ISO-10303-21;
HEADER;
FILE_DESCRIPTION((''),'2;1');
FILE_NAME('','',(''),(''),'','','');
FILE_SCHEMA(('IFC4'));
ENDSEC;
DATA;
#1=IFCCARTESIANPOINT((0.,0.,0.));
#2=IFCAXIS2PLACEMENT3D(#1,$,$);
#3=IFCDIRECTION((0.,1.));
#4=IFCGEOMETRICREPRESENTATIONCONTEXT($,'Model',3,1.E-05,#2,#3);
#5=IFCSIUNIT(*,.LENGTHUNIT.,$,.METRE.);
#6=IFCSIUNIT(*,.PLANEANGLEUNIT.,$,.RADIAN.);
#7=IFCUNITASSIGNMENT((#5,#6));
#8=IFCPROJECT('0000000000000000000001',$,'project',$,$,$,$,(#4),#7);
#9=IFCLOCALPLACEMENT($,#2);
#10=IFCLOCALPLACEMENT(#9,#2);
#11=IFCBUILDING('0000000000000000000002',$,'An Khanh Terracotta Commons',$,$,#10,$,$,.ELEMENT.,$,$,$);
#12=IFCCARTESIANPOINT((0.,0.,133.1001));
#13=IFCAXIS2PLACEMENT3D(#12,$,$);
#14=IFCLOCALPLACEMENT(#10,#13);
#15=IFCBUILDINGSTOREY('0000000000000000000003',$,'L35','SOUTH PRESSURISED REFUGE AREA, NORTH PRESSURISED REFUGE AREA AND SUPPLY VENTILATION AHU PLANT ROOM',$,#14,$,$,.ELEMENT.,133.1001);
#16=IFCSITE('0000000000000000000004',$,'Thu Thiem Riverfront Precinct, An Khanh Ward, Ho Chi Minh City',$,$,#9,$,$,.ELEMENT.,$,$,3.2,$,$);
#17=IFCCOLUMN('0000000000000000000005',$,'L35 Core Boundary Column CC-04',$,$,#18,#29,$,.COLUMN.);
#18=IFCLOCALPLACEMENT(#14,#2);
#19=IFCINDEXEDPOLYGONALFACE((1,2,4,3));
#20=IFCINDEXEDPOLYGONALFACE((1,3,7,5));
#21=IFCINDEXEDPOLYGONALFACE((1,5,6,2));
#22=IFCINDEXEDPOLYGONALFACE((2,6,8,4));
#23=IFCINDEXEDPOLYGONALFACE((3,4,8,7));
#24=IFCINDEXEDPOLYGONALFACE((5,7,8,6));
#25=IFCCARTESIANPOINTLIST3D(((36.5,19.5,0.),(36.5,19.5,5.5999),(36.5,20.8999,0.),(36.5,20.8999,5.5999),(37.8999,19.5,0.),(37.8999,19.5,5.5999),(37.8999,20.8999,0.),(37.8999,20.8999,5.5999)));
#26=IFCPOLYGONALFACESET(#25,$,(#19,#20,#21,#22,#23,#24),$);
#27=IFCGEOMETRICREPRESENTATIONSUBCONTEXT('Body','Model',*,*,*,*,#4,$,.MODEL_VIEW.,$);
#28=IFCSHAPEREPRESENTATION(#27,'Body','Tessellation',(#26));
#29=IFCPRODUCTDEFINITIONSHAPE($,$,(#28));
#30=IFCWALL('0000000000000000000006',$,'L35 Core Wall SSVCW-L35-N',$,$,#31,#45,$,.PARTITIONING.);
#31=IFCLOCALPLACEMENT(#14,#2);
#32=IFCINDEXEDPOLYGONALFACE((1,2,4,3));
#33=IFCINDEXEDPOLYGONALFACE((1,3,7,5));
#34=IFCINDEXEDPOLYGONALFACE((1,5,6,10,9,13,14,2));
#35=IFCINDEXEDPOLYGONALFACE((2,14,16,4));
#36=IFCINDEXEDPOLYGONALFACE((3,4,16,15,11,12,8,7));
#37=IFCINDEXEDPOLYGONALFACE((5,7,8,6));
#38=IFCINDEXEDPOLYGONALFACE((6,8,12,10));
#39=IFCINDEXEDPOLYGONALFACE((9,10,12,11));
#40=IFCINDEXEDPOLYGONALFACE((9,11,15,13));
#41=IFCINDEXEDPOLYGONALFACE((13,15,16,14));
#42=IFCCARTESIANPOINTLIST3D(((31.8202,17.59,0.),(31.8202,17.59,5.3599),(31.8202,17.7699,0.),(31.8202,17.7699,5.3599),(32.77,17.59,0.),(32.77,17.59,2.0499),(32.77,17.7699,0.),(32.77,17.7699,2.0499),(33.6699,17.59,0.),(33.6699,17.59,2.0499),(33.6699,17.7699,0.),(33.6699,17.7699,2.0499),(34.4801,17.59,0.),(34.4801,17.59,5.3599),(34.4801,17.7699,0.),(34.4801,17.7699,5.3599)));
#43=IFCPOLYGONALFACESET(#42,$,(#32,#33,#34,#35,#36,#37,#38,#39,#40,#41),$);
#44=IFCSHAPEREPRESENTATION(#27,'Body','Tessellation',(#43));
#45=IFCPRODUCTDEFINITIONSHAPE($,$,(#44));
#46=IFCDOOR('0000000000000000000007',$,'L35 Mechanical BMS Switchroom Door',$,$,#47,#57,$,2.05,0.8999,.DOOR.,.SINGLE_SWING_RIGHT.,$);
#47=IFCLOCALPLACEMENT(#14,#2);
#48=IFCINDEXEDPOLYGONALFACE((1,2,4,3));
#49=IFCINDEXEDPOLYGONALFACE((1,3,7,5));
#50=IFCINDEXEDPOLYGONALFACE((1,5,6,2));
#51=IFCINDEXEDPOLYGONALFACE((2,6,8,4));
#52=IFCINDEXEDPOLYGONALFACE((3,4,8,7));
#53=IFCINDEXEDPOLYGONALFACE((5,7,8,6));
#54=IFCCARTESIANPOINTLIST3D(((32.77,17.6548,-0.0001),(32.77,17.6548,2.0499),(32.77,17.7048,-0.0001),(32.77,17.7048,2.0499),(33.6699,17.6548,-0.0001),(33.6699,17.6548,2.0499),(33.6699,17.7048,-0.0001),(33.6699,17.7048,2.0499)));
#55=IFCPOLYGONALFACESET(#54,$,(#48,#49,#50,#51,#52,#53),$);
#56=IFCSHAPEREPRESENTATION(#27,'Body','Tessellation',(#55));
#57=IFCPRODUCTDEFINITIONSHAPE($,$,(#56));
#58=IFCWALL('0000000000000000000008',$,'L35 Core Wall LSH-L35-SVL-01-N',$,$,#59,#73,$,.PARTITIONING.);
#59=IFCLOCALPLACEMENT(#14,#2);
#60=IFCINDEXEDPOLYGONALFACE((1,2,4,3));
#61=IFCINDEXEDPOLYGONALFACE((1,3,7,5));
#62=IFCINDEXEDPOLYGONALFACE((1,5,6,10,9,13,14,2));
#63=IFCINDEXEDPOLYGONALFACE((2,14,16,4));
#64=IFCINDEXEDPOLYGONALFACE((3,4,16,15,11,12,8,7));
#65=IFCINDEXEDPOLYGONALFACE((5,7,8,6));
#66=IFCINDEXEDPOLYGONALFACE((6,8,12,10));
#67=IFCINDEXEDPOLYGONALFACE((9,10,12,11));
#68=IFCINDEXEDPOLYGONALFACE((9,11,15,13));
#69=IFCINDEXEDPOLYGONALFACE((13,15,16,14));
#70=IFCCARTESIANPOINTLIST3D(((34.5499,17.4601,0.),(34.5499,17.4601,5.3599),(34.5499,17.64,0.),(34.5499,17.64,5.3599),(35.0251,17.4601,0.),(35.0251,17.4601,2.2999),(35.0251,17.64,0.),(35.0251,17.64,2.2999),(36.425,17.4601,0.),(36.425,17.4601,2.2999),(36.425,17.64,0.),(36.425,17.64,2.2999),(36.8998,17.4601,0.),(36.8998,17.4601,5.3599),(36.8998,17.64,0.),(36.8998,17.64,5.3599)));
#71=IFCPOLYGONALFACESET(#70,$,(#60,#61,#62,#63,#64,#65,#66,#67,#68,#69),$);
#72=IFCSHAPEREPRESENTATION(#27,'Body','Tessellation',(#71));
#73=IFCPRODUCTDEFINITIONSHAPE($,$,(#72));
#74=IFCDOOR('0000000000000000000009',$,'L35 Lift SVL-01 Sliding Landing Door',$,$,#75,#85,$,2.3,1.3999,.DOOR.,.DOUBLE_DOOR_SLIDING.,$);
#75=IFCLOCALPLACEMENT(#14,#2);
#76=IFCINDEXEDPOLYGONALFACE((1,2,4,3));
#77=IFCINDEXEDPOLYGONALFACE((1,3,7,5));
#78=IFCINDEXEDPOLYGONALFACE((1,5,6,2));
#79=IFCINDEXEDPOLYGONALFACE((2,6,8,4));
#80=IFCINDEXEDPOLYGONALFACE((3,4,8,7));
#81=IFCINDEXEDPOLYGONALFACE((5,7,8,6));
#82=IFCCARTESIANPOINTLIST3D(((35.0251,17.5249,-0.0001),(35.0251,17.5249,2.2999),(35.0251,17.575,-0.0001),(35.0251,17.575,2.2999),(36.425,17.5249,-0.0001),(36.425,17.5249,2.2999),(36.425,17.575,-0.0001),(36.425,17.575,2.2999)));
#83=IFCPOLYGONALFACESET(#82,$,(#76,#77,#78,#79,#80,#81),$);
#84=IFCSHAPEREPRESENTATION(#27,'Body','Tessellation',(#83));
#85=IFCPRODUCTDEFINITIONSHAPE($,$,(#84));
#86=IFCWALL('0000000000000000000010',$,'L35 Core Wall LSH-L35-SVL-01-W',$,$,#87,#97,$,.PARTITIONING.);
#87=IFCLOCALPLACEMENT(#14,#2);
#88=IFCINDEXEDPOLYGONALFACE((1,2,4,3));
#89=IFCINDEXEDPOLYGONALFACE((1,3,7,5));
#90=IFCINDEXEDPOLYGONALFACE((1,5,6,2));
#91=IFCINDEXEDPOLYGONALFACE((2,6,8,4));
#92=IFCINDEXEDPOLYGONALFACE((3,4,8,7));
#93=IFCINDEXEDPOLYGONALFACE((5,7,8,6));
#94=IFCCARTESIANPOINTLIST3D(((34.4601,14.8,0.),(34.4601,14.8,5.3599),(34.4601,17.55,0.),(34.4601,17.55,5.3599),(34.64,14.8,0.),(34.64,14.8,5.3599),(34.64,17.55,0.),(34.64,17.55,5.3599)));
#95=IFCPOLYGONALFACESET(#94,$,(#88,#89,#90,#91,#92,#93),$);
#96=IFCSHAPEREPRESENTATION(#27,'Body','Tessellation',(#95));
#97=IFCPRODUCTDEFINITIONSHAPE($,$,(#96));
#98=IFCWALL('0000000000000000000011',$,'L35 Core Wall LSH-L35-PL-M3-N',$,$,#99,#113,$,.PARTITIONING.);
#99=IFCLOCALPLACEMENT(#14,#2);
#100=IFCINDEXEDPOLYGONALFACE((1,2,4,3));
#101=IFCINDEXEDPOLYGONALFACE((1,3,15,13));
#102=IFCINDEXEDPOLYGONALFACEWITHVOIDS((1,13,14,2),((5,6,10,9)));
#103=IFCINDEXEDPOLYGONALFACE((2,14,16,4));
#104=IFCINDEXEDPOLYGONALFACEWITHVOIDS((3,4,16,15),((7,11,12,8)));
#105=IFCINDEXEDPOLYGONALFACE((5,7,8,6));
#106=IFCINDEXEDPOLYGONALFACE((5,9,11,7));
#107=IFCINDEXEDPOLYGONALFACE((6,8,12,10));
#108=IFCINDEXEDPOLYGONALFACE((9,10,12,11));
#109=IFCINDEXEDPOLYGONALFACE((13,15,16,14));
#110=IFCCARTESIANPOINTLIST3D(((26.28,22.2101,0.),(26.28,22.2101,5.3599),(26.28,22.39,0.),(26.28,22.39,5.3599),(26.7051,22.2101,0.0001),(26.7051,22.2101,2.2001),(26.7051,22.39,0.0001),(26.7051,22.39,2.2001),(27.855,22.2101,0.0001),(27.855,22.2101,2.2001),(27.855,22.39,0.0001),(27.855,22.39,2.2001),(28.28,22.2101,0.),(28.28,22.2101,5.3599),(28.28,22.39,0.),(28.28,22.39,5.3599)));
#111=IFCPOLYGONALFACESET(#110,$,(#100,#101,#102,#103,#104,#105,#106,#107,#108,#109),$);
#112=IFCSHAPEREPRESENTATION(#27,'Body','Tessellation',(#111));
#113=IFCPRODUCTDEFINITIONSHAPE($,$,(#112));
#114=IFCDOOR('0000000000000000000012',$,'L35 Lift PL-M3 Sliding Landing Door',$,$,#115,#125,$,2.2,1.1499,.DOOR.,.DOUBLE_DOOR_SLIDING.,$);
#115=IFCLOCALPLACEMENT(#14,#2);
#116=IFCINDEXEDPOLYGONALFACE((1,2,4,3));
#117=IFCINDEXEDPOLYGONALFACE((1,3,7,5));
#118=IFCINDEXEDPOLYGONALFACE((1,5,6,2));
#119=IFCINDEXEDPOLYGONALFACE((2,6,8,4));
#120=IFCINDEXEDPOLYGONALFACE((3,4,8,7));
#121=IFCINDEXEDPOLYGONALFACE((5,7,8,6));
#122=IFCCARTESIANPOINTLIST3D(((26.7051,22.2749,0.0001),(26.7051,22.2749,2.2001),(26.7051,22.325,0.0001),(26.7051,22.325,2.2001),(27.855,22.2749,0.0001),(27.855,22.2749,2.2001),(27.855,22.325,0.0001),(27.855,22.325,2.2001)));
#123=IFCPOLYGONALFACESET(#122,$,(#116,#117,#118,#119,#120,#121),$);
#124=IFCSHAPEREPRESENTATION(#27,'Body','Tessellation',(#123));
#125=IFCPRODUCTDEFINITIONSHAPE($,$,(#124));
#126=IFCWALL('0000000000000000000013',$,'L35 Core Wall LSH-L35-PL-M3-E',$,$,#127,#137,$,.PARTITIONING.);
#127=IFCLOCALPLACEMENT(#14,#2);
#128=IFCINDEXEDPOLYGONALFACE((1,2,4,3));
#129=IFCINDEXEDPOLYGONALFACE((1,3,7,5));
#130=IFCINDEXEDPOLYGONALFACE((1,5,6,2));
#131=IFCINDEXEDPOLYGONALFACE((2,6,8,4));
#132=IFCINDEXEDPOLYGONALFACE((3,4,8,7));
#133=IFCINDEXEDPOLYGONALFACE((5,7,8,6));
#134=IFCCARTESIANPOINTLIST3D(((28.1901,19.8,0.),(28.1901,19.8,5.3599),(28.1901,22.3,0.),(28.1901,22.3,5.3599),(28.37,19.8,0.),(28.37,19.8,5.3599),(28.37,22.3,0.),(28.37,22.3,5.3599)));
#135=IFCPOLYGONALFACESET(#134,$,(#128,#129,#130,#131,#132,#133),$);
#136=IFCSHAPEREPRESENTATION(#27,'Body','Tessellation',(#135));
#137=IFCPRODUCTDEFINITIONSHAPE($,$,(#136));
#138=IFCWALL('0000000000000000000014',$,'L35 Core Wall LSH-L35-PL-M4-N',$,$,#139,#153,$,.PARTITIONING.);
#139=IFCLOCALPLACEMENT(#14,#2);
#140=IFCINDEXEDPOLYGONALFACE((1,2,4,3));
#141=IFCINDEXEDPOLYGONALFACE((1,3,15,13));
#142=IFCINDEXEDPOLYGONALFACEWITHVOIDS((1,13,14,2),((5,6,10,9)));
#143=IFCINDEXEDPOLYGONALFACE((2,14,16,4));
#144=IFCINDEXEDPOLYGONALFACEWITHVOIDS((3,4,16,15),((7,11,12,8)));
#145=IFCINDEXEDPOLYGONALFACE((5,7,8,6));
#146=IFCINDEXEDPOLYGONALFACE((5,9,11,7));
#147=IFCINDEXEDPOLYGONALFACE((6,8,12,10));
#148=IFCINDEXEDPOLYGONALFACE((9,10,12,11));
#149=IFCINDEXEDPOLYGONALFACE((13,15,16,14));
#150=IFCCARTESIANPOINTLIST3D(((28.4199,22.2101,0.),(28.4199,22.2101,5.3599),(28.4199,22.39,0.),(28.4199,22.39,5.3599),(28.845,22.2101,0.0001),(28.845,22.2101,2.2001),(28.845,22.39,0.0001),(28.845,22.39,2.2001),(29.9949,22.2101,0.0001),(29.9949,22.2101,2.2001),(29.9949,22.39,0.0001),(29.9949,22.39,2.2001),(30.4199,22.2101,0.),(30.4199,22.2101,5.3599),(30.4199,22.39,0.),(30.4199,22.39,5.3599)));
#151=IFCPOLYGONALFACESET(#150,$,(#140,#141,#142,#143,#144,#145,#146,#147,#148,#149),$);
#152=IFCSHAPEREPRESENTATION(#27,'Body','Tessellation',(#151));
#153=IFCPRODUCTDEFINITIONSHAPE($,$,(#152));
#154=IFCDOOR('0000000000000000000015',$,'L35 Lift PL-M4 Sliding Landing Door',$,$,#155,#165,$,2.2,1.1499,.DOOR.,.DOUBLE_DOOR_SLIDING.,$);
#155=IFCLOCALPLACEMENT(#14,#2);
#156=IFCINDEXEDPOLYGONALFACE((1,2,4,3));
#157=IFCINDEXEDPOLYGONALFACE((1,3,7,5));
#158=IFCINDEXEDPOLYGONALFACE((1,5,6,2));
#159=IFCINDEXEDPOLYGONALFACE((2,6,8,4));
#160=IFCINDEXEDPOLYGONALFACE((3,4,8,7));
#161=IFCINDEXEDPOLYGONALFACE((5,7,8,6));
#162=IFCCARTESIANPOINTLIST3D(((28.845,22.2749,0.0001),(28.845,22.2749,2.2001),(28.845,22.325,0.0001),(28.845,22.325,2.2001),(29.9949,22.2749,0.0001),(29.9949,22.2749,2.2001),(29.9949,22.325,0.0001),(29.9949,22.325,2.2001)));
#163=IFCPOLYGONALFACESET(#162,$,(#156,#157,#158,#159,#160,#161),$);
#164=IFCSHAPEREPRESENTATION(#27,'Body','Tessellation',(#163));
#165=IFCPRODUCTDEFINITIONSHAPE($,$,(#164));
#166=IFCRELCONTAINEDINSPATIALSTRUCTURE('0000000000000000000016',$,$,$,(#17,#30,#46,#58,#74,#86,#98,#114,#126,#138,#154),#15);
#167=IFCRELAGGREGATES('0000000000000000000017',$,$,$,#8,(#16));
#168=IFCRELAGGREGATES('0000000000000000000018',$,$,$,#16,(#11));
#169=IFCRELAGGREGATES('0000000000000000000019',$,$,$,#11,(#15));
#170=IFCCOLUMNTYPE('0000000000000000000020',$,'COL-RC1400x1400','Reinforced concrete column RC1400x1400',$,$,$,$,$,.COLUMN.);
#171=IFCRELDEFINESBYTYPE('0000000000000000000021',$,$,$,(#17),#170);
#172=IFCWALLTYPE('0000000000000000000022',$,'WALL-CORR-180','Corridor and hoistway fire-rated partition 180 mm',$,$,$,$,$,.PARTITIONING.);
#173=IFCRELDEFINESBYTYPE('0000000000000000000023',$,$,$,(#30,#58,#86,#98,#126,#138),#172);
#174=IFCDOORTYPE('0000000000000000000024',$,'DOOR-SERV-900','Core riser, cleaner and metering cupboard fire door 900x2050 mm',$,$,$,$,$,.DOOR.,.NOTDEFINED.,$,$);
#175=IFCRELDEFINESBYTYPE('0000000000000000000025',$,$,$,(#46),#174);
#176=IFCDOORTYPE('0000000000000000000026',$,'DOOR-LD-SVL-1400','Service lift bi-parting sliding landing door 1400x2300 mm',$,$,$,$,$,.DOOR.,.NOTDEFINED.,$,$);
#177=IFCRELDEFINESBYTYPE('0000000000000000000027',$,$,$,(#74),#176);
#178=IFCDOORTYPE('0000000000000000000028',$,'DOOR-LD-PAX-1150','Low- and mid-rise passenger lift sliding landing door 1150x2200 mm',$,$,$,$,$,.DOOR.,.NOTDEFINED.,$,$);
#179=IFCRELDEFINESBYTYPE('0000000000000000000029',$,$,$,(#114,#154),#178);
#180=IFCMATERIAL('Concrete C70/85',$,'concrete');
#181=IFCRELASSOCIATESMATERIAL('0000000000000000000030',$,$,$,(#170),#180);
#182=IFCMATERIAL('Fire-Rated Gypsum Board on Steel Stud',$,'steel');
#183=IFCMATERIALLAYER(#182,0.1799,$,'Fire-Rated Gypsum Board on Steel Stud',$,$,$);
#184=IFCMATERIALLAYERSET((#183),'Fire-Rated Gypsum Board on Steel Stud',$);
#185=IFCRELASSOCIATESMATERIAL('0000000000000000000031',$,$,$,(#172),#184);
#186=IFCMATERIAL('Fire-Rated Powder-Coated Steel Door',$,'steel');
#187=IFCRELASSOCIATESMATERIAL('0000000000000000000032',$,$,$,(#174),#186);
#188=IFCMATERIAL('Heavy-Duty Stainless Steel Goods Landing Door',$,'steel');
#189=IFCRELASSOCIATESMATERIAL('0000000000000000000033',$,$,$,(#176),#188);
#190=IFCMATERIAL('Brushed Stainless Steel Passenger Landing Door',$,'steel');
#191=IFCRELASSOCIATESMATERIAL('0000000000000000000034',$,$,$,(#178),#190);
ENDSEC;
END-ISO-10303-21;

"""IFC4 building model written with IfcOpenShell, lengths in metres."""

from ifc_helpers import new_model, si_unit, direction, frame, frame_2d, origin, origin_2d, place, context, subcontext, project, spatial, rectangle, extrude, material, layer, layer_set, material_profile, profile_set, type_object, element, fill, save


model = new_model("IFC4")

# Units and contexts
model_context = context("Model", 3, precision=1e-05, world=origin(), true_north=direction((0.0, 1.0)))
body_context = subcontext(model_context, "Body", "Model", "MODEL_VIEW")
ifc_project = project(units=[si_unit("LENGTHUNIT", "METRE"), si_unit("PLANEANGLEUNIT", "RADIAN")], contexts=[model_context])

# Site, building, storey
site_placement = place(None, origin())
site = spatial("IfcSite", under=ifc_project, at=site_placement, Name="Thu Thiem Riverfront Precinct, An Khanh Ward, Ho Chi Minh City", CompositionType="ELEMENT", RefElevation=3.2)
building_placement = place(site_placement, origin())
building = spatial("IfcBuilding", under=site, at=building_placement, Name="An Khanh Terracotta Commons", CompositionType="ELEMENT")
storey_placement = place(building_placement, frame((0.0, 0.0, 133.1001)))
storey = spatial("IfcBuildingStorey", under=building, at=storey_placement, Name="L35", Description="SOUTH PRESSURISED REFUGE AREA, NORTH PRESSURISED REFUGE AREA AND SUPPLY VENTILATION AHU PLANT ROOM", CompositionType="ELEMENT", Elevation=133.1001)

# Column
ifc_material_1 = material(Name="Concrete C70/85", Category="concrete")
ifc_material_profile = material_profile(ifc_material_1, rectangle(XDim=1.3999, YDim=1.3999, at=origin_2d()), Name="RC1400x1400")
ifc_profile_set = profile_set([ifc_material_profile], Name="Concrete C70/85")
column_type = type_object("IfcColumnType", Name="COL-RC1400x1400", Description="Reinforced concrete column RC1400x1400", PredefinedType="COLUMN", material=ifc_profile_set)
column_placement = place(storey_placement, frame((37.2, 20.2, 0.0), z_axis=(0.0, 0.0, 1.0), x_axis=(1.0, 0.0, 0.0)))
element("IfcColumn", 1, at=column_placement, inside=storey, type_object=column_type, Name="L35 Core Boundary Column CC-04", PredefinedType="COLUMN", context=body_context, shape_type="SweptSolid", body=[
    extrude(rectangle(XDim=1.3999, YDim=1.3999, at=origin_2d()), origin(), (0.0, 0.0, 1.0), 5.5999),
])

# Walls, openings, doors
ifc_material_2 = material(Name="Fire-Rated Gypsum Board on Steel Stud", Category="steel")
ifc_layer_1 = layer(ifc_material_2, 0.1799, Name="Fire-Rated Gypsum Board on Steel Stud")
ifc_layer_set_1 = layer_set([ifc_layer_1], Name="Fire-Rated Gypsum Board on Steel Stud")
wall_type_1 = type_object("IfcWallType", Name="WALL-CORR-180", Description="Corridor and hoistway fire-rated partition 180 mm", PredefinedType="PARTITIONING", material=ifc_layer_set_1)
wall_1_placement = place(storey_placement, frame((31.8201, 17.6799, 0.0), z_axis=(0.0, 0.0, 1.0), x_axis=(1.0, 0.0, 0.0)))
wall_1 = element("IfcWall", 2, at=wall_1_placement, inside=storey, type_object=wall_type_1, Name="L35 Core Wall SSVCW-L35-N", PredefinedType="PARTITIONING", context=body_context, shape_type="SweptSolid", body=[
    extrude(rectangle(XDim=2.6599, YDim=0.1799, at=frame_2d((1.3301, 0.0))), origin(), (0.0, 0.0, 1.0), 5.3599),
])
opening_1_placement = place(wall_1_placement, frame((0.95, 0.0, 0.0)))
opening_1 = element("IfcOpeningElement", 3, at=opening_1_placement, cuts=wall_1, PredefinedType="OPENING", context=body_context, shape_type="SweptSolid", body=[
    extrude(rectangle(XDim=0.8999, YDim=2.05, at=frame_2d((0.45, 1.0249))), frame((0.0, 0.0999, 0.0), z_axis=(0.0, -1.0, 0.0), x_axis=(1.0, 0.0, 0.0)), (0.0, 0.0, 1.0), 0.2),
])
ifc_material_3 = material(Name="Fire-Rated Powder-Coated Steel Door", Category="steel")
door_type_1 = type_object("IfcDoorType", Name="DOOR-SERV-900", Description="Core riser, cleaner and metering cupboard fire door 900x2050 mm", OperationType="NOTDEFINED", PredefinedType="DOOR", material=ifc_material_3)
door_1_placement = place(opening_1_placement, origin())
door_1 = element("IfcDoor", 4, at=door_1_placement, inside=storey, type_object=door_type_1, Name="L35 Mechanical BMS Switchroom Door", OperationType="SINGLE_SWING_RIGHT", OverallHeight=2.05, OverallWidth=0.8999, PredefinedType="DOOR", context=body_context, shape_type="SweptSolid", body=[
    extrude(rectangle(XDim=0.8999, YDim=2.05, at=frame_2d((0.45, 1.0249))), frame((0.0, 0.0249, 0.0), z_axis=(0.0, -1.0, 0.0), x_axis=(1.0, 0.0, 0.0)), (0.0, 0.0, 1.0), 0.05),
])
fill(opening_1, door_1)
wall_2_placement = place(storey_placement, frame((34.55, 17.55, 0.0), z_axis=(0.0, 0.0, 1.0), x_axis=(1.0, 0.0, 0.0)))
wall_2 = element("IfcWall", 5, at=wall_2_placement, inside=storey, type_object=wall_type_1, Name="L35 Core Wall LSH-L35-SVL-01-N", PredefinedType="PARTITIONING", context=body_context, shape_type="SweptSolid", body=[
    extrude(rectangle(XDim=2.3499, YDim=0.1799, at=frame_2d((1.1748, 0.0))), origin(), (0.0, 0.0, 1.0), 5.3599),
])
opening_2_placement = place(wall_2_placement, frame((0.4751, 0.0, 0.0)))
opening_2 = element("IfcOpeningElement", 6, at=opening_2_placement, cuts=wall_2, PredefinedType="OPENING", context=body_context, shape_type="SweptSolid", body=[
    extrude(rectangle(XDim=1.3999, YDim=2.3, at=frame_2d((0.7, 1.1499))), frame((0.0, 0.0999, 0.0), z_axis=(0.0, -1.0, 0.0), x_axis=(1.0, 0.0, 0.0)), (0.0, 0.0, 1.0), 0.2),
])
ifc_material_4 = material(Name="Heavy-Duty Stainless Steel Goods Landing Door", Category="steel")
door_type_2 = type_object("IfcDoorType", Name="DOOR-LD-SVL-1400", Description="Service lift bi-parting sliding landing door 1400x2300 mm", OperationType="NOTDEFINED", PredefinedType="DOOR", material=ifc_material_4)
door_2_placement = place(opening_2_placement, origin())
door_2 = element("IfcDoor", 7, at=door_2_placement, inside=storey, type_object=door_type_2, Name="L35 Lift SVL-01 Sliding Landing Door", OperationType="DOUBLE_DOOR_SLIDING", OverallHeight=2.3, OverallWidth=1.3999, PredefinedType="DOOR", context=body_context, shape_type="SweptSolid", body=[
    extrude(rectangle(XDim=1.3999, YDim=2.3, at=frame_2d((0.7, 1.1499))), frame((0.0, 0.0249, 0.0), z_axis=(0.0, -1.0, 0.0), x_axis=(1.0, 0.0, 0.0)), (0.0, 0.0, 1.0), 0.05),
])
fill(opening_2, door_2)

# Wall
wall_3_placement = place(storey_placement, frame((34.55, 17.55, 0.0), z_axis=(0.0, 0.0, 1.0), x_axis=(0.0, -1.0, 0.0)))
element("IfcWall", 8, at=wall_3_placement, inside=storey, type_object=wall_type_1, Name="L35 Core Wall LSH-L35-SVL-01-W", PredefinedType="PARTITIONING", context=body_context, shape_type="SweptSolid", body=[
    extrude(rectangle(XDim=2.75, YDim=0.1799, at=frame_2d((1.375, 0.0))), origin(), (0.0, 0.0, 1.0), 5.3599),
])

# Wall, opening, door
wall_4_placement = place(storey_placement, frame((26.28, 22.3, 0.0), z_axis=(0.0, 0.0, 1.0), x_axis=(1.0, 0.0, 0.0)))
wall_4 = element("IfcWall", 9, at=wall_4_placement, inside=storey, type_object=wall_type_1, Name="L35 Core Wall LSH-L35-PL-M3-N", PredefinedType="PARTITIONING", context=body_context, shape_type="SweptSolid", body=[
    extrude(rectangle(XDim=2.0, YDim=0.1799, at=frame_2d((1.0, 0.0))), origin(), (0.0, 0.0, 1.0), 5.3599),
])
opening_3_placement = place(wall_4_placement, frame((0.425, 0.0, 0.0)))
opening_3 = element("IfcOpeningElement", 10, at=opening_3_placement, cuts=wall_4, PredefinedType="OPENING", context=body_context, shape_type="SweptSolid", body=[
    extrude(rectangle(XDim=1.1499, YDim=2.2, at=frame_2d((0.575, 1.1001))), frame((0.0, 0.0999, 0.0), z_axis=(0.0, -1.0, 0.0), x_axis=(1.0, 0.0, 0.0)), (0.0, 0.0, 1.0), 0.2),
])
ifc_material_5 = material(Name="Brushed Stainless Steel Passenger Landing Door", Category="steel")
door_type_3 = type_object("IfcDoorType", Name="DOOR-LD-PAX-1150", Description="Low- and mid-rise passenger lift sliding landing door 1150x2200 mm", OperationType="NOTDEFINED", PredefinedType="DOOR", material=ifc_material_5)
door_3_placement = place(opening_3_placement, origin())
door_3 = element("IfcDoor", 11, at=door_3_placement, inside=storey, type_object=door_type_3, Name="L35 Lift PL-M3 Sliding Landing Door", OperationType="DOUBLE_DOOR_SLIDING", OverallHeight=2.2, OverallWidth=1.1499, PredefinedType="DOOR", context=body_context, shape_type="SweptSolid", body=[
    extrude(rectangle(XDim=1.1499, YDim=2.2, at=frame_2d((0.575, 1.1001))), frame((0.0, 0.0249, 0.0), z_axis=(0.0, -1.0, 0.0), x_axis=(1.0, 0.0, 0.0)), (0.0, 0.0, 1.0), 0.05),
])
fill(opening_3, door_3)

# Wall
wall_5_placement = place(storey_placement, frame((28.28, 19.8, 0.0), z_axis=(0.0, 0.0, 1.0), x_axis=(0.0, 1.0, 0.0)))
element("IfcWall", 12, at=wall_5_placement, inside=storey, type_object=wall_type_1, Name="L35 Core Wall LSH-L35-PL-M3-E", PredefinedType="PARTITIONING", context=body_context, shape_type="SweptSolid", body=[
    extrude(rectangle(XDim=2.5, YDim=0.1799, at=frame_2d((1.25, 0.0))), origin(), (0.0, 0.0, 1.0), 5.3599),
])

# Wall, opening, door
wall_6_placement = place(storey_placement, frame((28.4199, 22.3, 0.0), z_axis=(0.0, 0.0, 1.0), x_axis=(1.0, 0.0, 0.0)))
wall_6 = element("IfcWall", 13, at=wall_6_placement, inside=storey, type_object=wall_type_1, Name="L35 Core Wall LSH-L35-PL-M4-N", PredefinedType="PARTITIONING", context=body_context, shape_type="SweptSolid", body=[
    extrude(rectangle(XDim=2.0, YDim=0.1799, at=frame_2d((1.0, 0.0))), origin(), (0.0, 0.0, 1.0), 5.3599),
])
opening_4_placement = place(wall_6_placement, frame((0.425, 0.0, 0.0)))
opening_4 = element("IfcOpeningElement", 14, at=opening_4_placement, cuts=wall_6, PredefinedType="OPENING", context=body_context, shape_type="SweptSolid", body=[
    extrude(rectangle(XDim=1.1499, YDim=2.2, at=frame_2d((0.575, 1.1001))), frame((0.0, 0.0999, 0.0), z_axis=(0.0, -1.0, 0.0), x_axis=(1.0, 0.0, 0.0)), (0.0, 0.0, 1.0), 0.2),
])
door_4_placement = place(opening_4_placement, origin())
door_4 = element("IfcDoor", 15, at=door_4_placement, inside=storey, type_object=door_type_3, Name="L35 Lift PL-M4 Sliding Landing Door", OperationType="DOUBLE_DOOR_SLIDING", OverallHeight=2.2, OverallWidth=1.1499, PredefinedType="DOOR", context=body_context, shape_type="SweptSolid", body=[
    extrude(rectangle(XDim=1.1499, YDim=2.2, at=frame_2d((0.575, 1.1001))), frame((0.0, 0.0249, 0.0), z_axis=(0.0, -1.0, 0.0), x_axis=(1.0, 0.0, 0.0)), (0.0, 0.0, 1.0), 0.05),
])
fill(opening_4, door_4)

save(model, "model.ifc")
